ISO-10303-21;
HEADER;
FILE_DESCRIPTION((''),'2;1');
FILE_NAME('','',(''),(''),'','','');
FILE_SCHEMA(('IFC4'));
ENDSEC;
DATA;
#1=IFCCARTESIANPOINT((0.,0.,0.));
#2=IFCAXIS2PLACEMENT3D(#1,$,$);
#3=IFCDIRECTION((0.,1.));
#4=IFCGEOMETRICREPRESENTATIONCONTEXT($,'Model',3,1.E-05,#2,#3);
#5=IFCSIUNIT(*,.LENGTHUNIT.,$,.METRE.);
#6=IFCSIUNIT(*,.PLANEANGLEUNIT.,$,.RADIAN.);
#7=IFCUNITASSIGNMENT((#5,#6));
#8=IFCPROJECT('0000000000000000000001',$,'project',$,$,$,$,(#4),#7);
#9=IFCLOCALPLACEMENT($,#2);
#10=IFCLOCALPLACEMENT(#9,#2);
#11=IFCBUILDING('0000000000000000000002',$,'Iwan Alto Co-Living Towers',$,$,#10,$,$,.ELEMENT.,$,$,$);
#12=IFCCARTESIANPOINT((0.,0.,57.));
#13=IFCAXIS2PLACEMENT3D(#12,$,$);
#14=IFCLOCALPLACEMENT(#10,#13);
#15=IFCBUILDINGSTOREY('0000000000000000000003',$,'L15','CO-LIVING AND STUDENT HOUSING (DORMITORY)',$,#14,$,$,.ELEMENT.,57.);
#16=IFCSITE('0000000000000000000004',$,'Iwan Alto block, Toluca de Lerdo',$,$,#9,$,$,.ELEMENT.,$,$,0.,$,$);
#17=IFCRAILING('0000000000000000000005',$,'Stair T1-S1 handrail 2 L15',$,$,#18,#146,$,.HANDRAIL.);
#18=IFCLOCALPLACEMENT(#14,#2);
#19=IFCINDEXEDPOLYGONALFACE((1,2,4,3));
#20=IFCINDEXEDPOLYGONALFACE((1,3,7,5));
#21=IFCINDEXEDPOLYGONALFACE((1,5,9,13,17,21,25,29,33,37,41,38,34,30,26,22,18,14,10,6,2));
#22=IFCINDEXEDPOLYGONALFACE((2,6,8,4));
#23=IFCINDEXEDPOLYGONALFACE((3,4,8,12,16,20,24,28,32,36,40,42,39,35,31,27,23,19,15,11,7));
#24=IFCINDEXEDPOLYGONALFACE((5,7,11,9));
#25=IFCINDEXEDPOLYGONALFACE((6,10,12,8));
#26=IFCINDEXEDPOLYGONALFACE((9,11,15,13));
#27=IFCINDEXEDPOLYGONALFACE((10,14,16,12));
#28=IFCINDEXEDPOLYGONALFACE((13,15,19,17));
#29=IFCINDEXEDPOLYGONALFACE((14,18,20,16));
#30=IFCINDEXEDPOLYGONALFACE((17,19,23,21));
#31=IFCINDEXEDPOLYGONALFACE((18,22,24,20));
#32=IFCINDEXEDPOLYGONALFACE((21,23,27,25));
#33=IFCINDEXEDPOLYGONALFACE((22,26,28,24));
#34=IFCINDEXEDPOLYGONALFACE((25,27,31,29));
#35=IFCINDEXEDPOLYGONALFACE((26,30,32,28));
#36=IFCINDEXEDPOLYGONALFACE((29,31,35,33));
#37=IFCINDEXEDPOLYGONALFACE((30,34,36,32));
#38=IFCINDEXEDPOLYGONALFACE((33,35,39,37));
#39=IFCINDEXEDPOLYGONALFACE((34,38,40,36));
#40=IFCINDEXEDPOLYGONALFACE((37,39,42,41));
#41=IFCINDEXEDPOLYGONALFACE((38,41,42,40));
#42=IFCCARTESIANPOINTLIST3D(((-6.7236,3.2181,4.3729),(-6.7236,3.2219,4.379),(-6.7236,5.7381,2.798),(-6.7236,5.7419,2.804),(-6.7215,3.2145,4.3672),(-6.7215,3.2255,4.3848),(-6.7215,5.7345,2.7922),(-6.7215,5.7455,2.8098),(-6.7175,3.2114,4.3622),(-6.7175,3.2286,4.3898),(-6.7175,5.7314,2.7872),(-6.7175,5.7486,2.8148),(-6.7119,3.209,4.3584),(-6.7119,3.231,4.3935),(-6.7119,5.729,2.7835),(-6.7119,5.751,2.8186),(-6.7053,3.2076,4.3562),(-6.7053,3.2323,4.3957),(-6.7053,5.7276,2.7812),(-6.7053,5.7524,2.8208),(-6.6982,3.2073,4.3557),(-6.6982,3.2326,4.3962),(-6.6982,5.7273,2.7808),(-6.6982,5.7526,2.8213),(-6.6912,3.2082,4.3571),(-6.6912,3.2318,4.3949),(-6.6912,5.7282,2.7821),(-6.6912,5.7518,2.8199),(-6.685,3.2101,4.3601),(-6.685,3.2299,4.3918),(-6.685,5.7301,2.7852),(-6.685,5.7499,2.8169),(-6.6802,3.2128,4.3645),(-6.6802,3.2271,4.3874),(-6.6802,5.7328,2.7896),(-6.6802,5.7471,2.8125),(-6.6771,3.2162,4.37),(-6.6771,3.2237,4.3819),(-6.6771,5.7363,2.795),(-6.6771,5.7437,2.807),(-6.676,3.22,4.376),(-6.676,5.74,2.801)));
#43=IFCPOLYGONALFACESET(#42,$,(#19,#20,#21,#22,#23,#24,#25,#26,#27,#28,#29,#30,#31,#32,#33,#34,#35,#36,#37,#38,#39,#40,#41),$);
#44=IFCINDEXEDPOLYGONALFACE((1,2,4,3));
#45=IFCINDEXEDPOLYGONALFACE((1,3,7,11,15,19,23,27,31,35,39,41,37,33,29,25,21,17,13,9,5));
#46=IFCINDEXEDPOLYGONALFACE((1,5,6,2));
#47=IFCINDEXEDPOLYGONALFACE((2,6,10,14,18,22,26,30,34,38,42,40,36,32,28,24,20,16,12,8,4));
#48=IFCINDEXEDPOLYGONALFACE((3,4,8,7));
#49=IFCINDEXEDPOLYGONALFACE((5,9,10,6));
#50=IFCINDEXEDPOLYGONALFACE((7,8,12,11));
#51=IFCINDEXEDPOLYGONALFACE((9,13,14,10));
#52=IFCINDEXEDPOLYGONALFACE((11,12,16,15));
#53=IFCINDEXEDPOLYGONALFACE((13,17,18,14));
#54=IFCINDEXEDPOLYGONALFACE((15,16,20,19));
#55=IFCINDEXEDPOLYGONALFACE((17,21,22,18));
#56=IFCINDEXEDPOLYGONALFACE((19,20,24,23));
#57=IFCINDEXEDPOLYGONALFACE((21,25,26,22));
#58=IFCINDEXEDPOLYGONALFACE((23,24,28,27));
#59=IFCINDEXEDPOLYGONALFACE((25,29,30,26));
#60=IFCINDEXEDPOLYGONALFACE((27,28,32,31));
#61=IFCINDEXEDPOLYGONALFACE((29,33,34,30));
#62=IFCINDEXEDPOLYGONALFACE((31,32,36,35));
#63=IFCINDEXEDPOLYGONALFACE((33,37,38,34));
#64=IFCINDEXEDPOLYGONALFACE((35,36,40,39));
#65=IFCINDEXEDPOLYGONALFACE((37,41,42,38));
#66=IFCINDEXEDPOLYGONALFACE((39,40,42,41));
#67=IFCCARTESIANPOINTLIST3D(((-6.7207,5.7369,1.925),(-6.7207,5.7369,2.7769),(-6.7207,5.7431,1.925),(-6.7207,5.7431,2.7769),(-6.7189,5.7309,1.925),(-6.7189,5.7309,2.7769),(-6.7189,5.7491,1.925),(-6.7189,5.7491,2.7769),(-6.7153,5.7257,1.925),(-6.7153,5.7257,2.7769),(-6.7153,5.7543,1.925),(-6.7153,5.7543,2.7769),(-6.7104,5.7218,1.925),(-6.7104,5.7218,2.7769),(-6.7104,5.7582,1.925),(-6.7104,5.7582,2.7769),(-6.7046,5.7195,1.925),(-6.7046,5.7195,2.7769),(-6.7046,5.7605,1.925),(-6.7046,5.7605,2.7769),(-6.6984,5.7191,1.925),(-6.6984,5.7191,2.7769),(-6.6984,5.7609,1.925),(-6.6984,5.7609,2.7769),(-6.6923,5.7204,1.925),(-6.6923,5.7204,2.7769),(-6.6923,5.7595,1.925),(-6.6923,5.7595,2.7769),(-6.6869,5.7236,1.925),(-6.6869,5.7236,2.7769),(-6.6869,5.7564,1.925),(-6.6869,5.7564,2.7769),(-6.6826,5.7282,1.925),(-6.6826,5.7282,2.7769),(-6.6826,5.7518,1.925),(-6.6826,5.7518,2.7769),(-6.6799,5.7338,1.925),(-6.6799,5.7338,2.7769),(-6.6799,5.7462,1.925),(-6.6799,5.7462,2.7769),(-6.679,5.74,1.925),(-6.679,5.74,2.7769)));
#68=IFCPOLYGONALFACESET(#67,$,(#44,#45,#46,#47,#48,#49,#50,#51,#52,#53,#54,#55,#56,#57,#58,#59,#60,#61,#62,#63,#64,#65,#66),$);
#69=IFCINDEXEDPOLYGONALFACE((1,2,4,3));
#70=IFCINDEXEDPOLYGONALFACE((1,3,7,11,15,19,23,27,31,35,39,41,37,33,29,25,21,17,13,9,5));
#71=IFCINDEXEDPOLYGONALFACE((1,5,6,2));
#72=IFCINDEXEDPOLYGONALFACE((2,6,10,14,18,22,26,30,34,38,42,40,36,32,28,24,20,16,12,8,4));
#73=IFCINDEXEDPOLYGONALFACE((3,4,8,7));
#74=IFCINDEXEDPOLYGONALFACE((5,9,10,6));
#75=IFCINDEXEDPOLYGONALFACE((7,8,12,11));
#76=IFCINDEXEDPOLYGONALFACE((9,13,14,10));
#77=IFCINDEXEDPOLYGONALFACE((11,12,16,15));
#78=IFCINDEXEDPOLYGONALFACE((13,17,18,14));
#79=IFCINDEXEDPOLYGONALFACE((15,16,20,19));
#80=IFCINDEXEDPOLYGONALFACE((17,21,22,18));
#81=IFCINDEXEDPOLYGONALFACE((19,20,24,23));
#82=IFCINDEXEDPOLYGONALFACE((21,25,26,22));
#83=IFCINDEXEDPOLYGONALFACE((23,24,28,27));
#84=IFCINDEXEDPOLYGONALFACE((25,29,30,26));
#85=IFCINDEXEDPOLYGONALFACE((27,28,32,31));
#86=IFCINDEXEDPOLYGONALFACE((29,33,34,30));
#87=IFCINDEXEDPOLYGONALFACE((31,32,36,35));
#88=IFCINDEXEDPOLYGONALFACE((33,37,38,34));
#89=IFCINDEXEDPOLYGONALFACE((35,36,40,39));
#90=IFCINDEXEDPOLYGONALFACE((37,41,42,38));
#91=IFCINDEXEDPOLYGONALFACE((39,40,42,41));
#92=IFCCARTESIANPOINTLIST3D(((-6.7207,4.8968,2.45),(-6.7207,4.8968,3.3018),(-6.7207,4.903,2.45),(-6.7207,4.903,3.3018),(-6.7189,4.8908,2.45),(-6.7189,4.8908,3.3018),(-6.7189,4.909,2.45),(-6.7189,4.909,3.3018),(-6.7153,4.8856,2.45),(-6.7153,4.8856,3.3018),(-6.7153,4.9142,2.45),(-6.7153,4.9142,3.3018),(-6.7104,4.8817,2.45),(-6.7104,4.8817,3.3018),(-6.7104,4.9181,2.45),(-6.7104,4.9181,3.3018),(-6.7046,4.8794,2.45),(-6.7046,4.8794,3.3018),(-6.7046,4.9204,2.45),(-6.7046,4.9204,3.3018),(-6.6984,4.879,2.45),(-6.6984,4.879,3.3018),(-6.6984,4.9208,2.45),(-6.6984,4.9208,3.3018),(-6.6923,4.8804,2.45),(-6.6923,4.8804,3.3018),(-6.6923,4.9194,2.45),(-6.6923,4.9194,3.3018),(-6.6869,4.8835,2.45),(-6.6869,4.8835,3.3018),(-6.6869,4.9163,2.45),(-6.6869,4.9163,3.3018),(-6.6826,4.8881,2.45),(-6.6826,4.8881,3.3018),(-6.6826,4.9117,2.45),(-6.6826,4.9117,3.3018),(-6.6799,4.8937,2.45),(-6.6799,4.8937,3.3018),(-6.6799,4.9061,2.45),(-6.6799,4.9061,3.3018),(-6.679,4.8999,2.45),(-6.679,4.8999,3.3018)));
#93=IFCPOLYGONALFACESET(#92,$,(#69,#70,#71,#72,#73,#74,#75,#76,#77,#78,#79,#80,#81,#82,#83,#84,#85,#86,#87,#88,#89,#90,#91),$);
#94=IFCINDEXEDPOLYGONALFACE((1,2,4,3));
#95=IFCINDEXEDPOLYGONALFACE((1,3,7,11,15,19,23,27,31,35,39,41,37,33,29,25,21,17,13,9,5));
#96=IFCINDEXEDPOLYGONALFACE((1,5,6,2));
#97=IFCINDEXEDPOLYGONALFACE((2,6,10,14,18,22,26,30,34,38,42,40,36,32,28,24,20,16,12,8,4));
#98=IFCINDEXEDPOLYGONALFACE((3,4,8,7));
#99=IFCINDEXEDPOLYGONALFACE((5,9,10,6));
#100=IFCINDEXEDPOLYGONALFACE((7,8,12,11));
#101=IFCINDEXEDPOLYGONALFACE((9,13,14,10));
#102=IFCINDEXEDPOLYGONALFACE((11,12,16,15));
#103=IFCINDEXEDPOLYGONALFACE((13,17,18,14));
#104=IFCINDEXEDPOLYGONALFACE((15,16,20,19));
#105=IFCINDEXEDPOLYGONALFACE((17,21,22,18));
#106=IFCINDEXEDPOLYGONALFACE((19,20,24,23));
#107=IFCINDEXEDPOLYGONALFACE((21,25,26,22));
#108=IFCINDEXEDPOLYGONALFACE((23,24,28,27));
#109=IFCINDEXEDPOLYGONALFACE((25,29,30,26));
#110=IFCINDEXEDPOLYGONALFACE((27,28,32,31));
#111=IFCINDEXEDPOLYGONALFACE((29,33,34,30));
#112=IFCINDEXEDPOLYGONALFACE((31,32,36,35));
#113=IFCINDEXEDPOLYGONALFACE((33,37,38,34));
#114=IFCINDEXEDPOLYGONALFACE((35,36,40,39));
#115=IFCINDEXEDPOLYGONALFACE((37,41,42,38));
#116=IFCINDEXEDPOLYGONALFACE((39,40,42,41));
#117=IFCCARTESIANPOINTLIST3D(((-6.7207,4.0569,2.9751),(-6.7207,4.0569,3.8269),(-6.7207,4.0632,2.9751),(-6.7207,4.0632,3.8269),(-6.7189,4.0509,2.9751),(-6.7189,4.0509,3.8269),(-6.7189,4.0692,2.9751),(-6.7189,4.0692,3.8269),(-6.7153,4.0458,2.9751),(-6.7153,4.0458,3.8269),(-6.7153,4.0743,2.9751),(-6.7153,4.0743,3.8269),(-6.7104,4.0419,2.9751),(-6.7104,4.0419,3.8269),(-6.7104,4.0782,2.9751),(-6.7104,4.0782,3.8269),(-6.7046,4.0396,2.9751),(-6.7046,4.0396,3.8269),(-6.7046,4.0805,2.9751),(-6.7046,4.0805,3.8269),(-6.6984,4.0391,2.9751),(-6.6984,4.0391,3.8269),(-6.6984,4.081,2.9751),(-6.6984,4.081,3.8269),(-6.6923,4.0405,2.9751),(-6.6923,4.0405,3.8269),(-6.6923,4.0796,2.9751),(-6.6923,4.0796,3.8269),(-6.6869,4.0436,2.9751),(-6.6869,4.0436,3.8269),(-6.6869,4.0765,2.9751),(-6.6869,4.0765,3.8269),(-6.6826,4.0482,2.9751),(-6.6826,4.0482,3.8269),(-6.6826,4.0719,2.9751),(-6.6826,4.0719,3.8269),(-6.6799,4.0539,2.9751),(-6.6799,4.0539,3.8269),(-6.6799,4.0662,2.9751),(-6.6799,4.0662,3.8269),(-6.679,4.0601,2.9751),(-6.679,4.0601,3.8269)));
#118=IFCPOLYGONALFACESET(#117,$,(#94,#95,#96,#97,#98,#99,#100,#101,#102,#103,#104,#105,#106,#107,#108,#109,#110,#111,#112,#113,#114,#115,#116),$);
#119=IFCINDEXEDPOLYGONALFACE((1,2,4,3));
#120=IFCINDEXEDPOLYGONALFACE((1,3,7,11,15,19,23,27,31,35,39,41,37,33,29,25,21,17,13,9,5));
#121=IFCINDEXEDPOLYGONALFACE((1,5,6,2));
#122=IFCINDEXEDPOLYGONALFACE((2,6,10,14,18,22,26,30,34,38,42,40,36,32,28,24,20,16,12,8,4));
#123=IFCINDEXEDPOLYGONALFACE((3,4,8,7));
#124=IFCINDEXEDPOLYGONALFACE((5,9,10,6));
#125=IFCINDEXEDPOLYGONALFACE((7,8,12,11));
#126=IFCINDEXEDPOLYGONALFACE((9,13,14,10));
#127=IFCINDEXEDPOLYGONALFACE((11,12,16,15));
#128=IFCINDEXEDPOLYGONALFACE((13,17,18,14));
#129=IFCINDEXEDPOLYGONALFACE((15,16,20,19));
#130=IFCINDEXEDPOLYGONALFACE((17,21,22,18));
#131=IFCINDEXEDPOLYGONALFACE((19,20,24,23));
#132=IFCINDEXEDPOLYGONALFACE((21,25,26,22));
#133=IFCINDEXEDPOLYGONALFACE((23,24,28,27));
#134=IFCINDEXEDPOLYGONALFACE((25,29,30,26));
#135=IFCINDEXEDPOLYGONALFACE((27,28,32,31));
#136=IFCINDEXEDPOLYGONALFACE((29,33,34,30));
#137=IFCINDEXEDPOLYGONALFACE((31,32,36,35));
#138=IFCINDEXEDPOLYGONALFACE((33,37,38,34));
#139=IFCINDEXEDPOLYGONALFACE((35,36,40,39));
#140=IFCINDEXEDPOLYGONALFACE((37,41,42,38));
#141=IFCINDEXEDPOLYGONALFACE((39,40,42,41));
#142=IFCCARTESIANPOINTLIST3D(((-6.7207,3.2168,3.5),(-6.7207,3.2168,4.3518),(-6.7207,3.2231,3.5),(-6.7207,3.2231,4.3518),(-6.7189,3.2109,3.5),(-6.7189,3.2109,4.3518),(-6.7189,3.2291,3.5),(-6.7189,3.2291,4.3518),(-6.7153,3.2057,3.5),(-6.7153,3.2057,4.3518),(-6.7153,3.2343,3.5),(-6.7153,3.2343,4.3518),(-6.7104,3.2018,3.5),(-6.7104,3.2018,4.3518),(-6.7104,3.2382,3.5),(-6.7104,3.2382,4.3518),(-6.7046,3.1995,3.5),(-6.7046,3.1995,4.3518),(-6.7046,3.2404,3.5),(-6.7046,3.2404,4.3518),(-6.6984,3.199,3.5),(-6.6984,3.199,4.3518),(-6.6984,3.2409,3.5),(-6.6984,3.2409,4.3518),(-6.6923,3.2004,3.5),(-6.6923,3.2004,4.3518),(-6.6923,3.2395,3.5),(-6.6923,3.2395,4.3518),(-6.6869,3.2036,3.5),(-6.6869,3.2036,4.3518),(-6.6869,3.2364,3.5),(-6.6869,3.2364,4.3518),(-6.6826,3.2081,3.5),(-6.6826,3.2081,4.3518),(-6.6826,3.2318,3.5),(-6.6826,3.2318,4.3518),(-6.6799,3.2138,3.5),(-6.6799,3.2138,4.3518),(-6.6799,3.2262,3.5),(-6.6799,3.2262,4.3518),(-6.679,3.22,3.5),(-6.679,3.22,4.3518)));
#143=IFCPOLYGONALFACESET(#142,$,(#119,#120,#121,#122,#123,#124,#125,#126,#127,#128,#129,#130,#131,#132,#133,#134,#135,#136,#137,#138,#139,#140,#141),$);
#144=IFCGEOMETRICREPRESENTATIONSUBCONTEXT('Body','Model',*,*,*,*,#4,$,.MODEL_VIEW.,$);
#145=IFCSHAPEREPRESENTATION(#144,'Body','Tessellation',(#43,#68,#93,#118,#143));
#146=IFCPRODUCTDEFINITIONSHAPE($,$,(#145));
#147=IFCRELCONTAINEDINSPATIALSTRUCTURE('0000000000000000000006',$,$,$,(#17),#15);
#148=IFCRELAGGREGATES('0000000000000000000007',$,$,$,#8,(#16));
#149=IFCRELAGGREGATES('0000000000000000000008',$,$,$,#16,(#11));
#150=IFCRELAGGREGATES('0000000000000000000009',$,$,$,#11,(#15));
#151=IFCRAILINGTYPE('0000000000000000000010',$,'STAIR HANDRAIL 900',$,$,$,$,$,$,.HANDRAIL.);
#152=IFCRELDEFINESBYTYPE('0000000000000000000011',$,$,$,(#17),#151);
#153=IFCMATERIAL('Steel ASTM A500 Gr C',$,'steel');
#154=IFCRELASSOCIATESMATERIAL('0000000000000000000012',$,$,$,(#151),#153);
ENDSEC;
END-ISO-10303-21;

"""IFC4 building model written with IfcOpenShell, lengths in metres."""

from ifc_helpers import new_model, si_unit, direction, frame, origin, origin_2d, place, context, subcontext, project, spatial, circle, extrude, material, type_object, element, save


model = new_model("IFC4")

# Units and contexts
model_context = context("Model", 3, precision=1e-05, world=origin(), true_north=direction((0.0, 1.0)))
body_context = subcontext(model_context, "Body", "Model", "MODEL_VIEW")
ifc_project = project(units=[si_unit("LENGTHUNIT", "METRE"), si_unit("PLANEANGLEUNIT", "RADIAN")], contexts=[model_context])

# Site, building, storey
site_placement = place(None, origin())
site = spatial("IfcSite", under=ifc_project, at=site_placement, Name="Iwan Alto block, Toluca de Lerdo", CompositionType="ELEMENT", RefElevation=0.0)
building_placement = place(site_placement, origin())
building = spatial("IfcBuilding", under=site, at=building_placement, Name="Iwan Alto Co-Living Towers", CompositionType="ELEMENT")
storey_placement = place(building_placement, frame((0.0, 0.0, 57.0)))
storey = spatial("IfcBuildingStorey", under=building, at=storey_placement, Name="L15", Description="CO-LIVING AND STUDENT HOUSING (DORMITORY)", CompositionType="ELEMENT", Elevation=57.0)

# Railing
ifc_material_1 = material(Name="Steel ASTM A500 Gr C", Category="steel")
railing_type_1 = type_object("IfcRailingType", Name="STAIR HANDRAIL 900", PredefinedType="HANDRAIL", material=ifc_material_1)
railing_1_placement = place(storey_placement, frame((-6.7, 5.74, 1.925)))
element("IfcRailing", 1, at=railing_1_placement, inside=storey, type_object=railing_type_1, Name="Stair T1-S1 handrail 2 L15", PredefinedType="HANDRAIL", context=body_context, shape_type="SweptSolid", body=[
    extrude(circle(Radius=0.0239, at=origin_2d()), frame((0.0, 0.0, 0.876), z_axis=(0.0, -0.848008, 0.529984), x_axis=(1.0, 0.0, 0.0)), (0.0, 0.0, 1.0), 2.9717),
    extrude(circle(Radius=0.021, at=origin_2d()), origin(), (0.0, 0.0, 1.0), 0.8518),
    extrude(circle(Radius=0.021, at=origin_2d()), frame((0.0, -0.8401, 0.5249)), (0.0, 0.0, 1.0), 0.8518),
    extrude(circle(Radius=0.021, at=origin_2d()), frame((0.0, -1.6799, 1.05)), (0.0, 0.0, 1.0), 0.8518),
    extrude(circle(Radius=0.021, at=origin_2d()), frame((0.0, -2.52, 1.575)), (0.0, 0.0, 1.0), 0.8518),
])

save(model, "model.ifc")
